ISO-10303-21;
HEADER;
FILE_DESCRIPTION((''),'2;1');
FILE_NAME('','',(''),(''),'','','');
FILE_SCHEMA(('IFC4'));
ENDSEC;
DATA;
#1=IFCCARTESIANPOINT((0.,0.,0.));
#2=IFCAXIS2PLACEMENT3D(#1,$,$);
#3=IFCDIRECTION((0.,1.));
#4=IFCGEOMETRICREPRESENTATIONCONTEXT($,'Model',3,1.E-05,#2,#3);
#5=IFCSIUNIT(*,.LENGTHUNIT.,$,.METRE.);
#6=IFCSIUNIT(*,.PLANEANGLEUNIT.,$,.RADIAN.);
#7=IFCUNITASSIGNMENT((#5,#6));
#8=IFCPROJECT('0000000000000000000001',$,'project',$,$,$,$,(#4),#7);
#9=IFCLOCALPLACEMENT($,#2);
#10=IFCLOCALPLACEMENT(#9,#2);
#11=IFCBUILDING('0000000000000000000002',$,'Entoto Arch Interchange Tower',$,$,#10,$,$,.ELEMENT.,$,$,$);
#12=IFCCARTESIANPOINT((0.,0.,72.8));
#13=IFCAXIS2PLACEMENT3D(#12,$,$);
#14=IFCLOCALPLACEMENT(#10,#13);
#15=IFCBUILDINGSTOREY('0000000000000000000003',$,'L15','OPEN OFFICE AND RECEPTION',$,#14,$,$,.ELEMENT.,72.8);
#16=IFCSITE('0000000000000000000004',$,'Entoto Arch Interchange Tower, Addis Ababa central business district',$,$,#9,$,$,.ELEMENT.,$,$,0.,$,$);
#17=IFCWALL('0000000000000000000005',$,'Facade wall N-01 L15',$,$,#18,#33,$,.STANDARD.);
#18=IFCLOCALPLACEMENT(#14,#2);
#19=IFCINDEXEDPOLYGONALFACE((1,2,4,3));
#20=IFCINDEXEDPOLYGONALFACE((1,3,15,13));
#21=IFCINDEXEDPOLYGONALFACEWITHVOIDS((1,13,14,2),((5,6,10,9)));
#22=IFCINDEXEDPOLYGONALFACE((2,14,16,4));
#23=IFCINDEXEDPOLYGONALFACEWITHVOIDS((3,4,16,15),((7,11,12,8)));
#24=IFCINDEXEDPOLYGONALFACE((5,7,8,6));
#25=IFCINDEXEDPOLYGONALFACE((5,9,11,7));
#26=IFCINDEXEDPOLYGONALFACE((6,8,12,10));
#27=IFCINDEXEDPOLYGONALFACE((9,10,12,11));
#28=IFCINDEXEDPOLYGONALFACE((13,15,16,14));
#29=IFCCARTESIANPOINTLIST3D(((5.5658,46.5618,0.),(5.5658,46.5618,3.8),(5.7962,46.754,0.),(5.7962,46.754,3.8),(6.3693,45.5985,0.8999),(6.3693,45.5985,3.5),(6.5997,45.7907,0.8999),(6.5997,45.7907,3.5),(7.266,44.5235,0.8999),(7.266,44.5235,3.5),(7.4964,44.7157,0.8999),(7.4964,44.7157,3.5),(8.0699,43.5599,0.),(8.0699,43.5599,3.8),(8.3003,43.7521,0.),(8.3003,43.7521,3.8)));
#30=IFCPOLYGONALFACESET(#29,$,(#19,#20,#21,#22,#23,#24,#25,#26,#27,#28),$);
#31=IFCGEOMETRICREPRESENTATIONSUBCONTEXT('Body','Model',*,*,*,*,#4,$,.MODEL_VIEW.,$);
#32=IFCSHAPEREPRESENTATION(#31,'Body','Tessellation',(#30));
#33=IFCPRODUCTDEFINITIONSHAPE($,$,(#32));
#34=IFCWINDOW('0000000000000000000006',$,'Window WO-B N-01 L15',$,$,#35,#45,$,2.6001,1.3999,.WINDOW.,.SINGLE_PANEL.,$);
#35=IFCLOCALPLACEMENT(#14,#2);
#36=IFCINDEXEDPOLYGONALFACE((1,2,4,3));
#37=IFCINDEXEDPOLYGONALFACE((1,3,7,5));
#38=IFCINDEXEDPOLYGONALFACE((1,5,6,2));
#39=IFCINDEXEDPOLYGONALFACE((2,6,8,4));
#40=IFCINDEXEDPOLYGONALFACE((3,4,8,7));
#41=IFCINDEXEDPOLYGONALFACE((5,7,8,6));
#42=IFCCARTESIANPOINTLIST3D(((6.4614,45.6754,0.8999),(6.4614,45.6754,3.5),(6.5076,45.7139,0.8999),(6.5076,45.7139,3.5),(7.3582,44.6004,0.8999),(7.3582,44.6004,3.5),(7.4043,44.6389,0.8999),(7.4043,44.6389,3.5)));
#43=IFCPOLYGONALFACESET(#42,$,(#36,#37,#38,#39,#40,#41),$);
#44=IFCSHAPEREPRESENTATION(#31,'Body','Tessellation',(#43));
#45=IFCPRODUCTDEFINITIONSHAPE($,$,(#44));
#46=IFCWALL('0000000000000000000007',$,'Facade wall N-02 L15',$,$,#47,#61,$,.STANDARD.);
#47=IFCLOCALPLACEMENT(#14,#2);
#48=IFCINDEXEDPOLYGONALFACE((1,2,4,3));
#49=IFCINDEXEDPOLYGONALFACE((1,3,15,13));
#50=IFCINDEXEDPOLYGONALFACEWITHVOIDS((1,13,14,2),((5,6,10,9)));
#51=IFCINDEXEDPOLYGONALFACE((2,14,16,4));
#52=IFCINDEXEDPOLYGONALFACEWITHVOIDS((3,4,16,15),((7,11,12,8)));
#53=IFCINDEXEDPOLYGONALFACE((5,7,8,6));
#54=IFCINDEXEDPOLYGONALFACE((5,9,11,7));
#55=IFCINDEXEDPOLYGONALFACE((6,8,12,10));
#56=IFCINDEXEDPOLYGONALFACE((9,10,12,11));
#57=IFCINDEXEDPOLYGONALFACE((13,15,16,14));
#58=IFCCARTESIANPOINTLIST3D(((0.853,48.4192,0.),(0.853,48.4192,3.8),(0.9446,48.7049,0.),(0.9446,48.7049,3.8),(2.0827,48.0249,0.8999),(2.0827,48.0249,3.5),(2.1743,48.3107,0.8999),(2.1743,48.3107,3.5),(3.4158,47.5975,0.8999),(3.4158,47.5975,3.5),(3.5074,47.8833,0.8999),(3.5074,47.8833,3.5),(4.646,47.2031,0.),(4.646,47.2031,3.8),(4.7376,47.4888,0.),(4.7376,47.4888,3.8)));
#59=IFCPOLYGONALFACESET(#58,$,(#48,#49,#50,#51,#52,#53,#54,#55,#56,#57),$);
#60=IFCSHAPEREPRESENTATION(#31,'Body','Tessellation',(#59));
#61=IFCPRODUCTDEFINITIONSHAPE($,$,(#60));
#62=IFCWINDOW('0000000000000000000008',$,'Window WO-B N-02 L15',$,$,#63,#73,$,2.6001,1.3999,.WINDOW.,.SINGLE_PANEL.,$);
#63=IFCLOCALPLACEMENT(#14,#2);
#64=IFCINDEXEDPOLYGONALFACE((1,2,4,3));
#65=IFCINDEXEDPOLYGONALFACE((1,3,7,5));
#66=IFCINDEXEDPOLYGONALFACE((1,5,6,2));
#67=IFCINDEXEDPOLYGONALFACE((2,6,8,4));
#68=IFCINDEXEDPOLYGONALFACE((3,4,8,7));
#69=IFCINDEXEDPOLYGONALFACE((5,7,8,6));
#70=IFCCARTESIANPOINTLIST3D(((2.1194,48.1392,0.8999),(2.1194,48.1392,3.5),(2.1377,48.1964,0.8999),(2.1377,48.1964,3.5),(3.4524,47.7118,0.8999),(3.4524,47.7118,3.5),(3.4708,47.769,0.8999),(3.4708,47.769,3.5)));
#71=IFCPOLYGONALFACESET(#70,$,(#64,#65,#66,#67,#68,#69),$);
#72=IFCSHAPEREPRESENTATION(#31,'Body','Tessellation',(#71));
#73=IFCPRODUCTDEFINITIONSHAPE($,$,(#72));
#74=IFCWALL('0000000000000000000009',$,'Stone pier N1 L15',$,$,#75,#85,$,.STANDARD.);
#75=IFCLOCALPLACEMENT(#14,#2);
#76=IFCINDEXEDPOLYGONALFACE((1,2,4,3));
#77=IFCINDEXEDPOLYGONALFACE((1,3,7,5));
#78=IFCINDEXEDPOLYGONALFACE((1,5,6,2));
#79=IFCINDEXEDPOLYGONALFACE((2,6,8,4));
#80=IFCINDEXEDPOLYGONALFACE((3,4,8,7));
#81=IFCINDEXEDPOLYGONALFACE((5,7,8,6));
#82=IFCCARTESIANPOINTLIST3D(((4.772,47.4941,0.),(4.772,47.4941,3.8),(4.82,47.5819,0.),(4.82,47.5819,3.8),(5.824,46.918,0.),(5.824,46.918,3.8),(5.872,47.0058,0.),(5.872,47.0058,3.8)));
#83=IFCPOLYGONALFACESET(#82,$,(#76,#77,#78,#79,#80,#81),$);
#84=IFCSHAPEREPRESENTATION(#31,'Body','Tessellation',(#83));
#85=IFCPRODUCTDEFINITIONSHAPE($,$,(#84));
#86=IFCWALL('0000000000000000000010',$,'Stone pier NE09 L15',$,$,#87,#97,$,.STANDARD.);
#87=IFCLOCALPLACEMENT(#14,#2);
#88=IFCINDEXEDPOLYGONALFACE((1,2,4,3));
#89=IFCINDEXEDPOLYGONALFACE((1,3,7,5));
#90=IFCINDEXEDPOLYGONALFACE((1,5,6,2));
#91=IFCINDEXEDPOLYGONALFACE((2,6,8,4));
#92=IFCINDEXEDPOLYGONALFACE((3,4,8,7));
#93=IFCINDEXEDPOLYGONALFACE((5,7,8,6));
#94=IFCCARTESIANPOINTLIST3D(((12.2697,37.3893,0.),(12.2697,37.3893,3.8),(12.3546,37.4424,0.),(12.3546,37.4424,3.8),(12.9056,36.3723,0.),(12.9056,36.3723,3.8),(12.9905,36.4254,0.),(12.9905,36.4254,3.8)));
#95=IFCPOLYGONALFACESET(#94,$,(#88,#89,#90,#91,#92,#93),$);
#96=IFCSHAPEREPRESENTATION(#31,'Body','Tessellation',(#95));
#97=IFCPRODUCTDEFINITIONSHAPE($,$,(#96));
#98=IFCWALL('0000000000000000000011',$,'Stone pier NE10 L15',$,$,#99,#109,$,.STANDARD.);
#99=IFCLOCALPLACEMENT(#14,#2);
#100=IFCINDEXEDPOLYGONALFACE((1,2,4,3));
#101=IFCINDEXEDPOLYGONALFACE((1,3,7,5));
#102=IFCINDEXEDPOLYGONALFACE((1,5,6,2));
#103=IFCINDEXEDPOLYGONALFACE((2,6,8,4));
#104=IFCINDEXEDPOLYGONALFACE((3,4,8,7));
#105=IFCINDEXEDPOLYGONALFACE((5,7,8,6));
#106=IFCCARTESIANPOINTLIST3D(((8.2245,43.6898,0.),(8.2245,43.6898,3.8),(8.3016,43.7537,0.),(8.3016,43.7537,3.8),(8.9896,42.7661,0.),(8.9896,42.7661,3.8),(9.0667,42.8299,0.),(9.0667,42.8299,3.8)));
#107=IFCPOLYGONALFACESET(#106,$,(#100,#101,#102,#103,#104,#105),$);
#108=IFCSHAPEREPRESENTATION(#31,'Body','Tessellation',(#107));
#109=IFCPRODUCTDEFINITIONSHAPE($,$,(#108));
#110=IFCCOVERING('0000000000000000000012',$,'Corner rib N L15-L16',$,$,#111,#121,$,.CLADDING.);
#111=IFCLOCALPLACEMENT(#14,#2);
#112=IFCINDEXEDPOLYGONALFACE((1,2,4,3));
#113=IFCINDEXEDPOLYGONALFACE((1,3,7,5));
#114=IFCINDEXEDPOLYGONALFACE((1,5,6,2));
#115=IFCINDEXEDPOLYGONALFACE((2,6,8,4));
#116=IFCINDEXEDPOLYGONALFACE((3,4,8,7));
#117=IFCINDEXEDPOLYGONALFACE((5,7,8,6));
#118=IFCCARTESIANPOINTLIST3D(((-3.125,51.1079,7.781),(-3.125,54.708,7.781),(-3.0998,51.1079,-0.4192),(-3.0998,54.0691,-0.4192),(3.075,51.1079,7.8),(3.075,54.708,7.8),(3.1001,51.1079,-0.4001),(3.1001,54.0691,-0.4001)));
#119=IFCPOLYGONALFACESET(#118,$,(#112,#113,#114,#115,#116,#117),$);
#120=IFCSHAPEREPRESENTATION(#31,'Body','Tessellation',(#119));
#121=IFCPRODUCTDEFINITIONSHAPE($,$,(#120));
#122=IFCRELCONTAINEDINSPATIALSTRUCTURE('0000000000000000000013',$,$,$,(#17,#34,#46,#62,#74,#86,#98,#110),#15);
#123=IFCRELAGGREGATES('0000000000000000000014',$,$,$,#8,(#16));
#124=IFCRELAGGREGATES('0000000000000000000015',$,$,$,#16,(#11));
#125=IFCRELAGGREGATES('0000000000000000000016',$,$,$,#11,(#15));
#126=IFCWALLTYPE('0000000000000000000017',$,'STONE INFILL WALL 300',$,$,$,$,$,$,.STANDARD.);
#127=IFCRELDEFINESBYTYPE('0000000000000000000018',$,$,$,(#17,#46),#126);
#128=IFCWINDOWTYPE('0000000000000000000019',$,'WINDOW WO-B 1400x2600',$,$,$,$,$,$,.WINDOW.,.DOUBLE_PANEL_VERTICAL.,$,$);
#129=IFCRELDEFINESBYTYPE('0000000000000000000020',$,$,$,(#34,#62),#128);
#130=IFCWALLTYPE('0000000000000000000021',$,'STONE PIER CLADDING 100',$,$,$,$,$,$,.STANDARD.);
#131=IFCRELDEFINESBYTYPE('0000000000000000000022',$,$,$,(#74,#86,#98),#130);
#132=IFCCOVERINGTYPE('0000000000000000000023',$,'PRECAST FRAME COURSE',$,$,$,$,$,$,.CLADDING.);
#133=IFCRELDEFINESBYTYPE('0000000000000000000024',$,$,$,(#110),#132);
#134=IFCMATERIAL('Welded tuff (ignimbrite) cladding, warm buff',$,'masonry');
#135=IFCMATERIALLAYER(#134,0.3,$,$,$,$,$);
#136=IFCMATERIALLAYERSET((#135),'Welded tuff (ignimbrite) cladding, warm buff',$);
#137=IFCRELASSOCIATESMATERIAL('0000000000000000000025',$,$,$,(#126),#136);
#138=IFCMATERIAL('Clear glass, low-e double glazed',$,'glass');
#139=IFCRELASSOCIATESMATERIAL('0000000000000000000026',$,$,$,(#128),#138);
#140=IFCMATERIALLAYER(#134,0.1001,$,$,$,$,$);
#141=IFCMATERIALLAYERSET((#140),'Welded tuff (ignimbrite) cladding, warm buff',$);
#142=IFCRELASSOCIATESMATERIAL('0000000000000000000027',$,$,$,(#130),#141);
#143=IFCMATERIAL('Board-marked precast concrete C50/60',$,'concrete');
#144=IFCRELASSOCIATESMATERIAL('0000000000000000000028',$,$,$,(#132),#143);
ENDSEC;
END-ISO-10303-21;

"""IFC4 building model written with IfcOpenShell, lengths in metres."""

from ifc_helpers import new_model, si_unit, direction, frame, frame_2d, origin, place, context, subcontext, project, spatial, polyline, rectangle, outline, extrude, material, layer, layer_set, type_object, element, fill, save


model = new_model("IFC4")

# Units and contexts
model_context = context("Model", 3, precision=1e-05, world=origin(), true_north=direction((0.0, 1.0)))
body_context = subcontext(model_context, "Body", "Model", "MODEL_VIEW")
ifc_project = project(units=[si_unit("LENGTHUNIT", "METRE"), si_unit("PLANEANGLEUNIT", "RADIAN")], contexts=[model_context])

# Site, building, storey
site_placement = place(None, origin())
site = spatial("IfcSite", under=ifc_project, at=site_placement, Name="Entoto Arch Interchange Tower, Addis Ababa central business district", CompositionType="ELEMENT", RefElevation=0.0)
building_placement = place(site_placement, origin())
building = spatial("IfcBuilding", under=site, at=building_placement, Name="Entoto Arch Interchange Tower", CompositionType="ELEMENT")
storey_placement = place(building_placement, frame((0.0, 0.0, 72.8)))
storey = spatial("IfcBuildingStorey", under=building, at=storey_placement, Name="L15", Description="OPEN OFFICE AND RECEPTION", CompositionType="ELEMENT", Elevation=72.8)

# Shared definitions
ifc_material_1 = material(Name="Welded tuff (ignimbrite) cladding, warm buff", Category="masonry")
ifc_layer_1 = layer(ifc_material_1, 0.3)
ifc_layer_set_1 = layer_set([ifc_layer_1], Name="Welded tuff (ignimbrite) cladding, warm buff")
wall_type_1 = type_object("IfcWallType", Name="STONE INFILL WALL 300", PredefinedType="STANDARD", material=ifc_layer_set_1)
ifc_material_2 = material(Name="Clear glass, low-e double glazed", Category="glass")

# Walls, openings, windows
wall_1_placement = place(storey_placement, frame((8.1851, 43.656, 0.0), z_axis=(0.0, 0.0, 1.0), x_axis=(-0.640565, 0.767904, 0.0)))
wall_1 = element("IfcWall", 1, at=wall_1_placement, inside=storey, type_object=wall_type_1, Name="Facade wall N-01 L15", PredefinedType="STANDARD", context=body_context, shape_type="SweptSolid", body=[
    extrude(rectangle(XDim=3.9092, YDim=0.3, at=frame_2d((1.9546, 0.0))), origin(), (0.0, 0.0, 1.0), 3.8),
])
opening_1_placement = place(wall_1_placement, frame((1.2549, 0.0, 0.8999)))
opening_1 = element("IfcOpeningElement", 2, at=opening_1_placement, cuts=wall_1, PredefinedType="OPENING", context=body_context, shape_type="SweptSolid", body=[
    extrude(rectangle(XDim=1.3999, YDim=2.6001, at=frame_2d((0.7, 1.3))), frame((0.0, 0.1602, 0.0), z_axis=(0.0, -1.0, 0.0), x_axis=(1.0, 0.0, 0.0)), (0.0, 0.0, 1.0), 0.3201),
])
window_type_1 = type_object("IfcWindowType", Name="WINDOW WO-B 1400x2600", PartitioningType="DOUBLE_PANEL_VERTICAL", PredefinedType="WINDOW", material=ifc_material_2)
window_1_placement = place(opening_1_placement, origin())
window_1 = element("IfcWindow", 3, at=window_1_placement, inside=storey, type_object=window_type_1, Name="Window WO-B N-01 L15", OverallHeight=2.6001, OverallWidth=1.3999, PartitioningType="SINGLE_PANEL", PredefinedType="WINDOW", context=body_context, shape_type="SweptSolid", body=[
    extrude(rectangle(XDim=1.3999, YDim=2.6001, at=frame_2d((0.7, 1.3))), frame((0.0, 0.03, 0.0), z_axis=(0.0, -1.0, 0.0), x_axis=(1.0, 0.0, 0.0)), (0.0, 0.0, 1.0), 0.0601),
])
fill(opening_1, window_1)
wall_2_placement = place(storey_placement, frame((4.6919, 47.3459, 0.0), z_axis=(0.0, 0.0, 1.0), x_axis=(-0.952255, 0.305303, 0.0)))
wall_2 = element("IfcWall", 4, at=wall_2_placement, inside=storey, type_object=wall_type_1, Name="Facade wall N-02 L15", PredefinedType="STANDARD", context=body_context, shape_type="SweptSolid", body=[
    extrude(rectangle(XDim=3.9832, YDim=0.3, at=frame_2d((1.9917, 0.0))), origin(), (0.0, 0.0, 1.0), 3.8),
])
opening_2_placement = place(wall_2_placement, frame((1.292, 0.0, 0.8999)))
opening_2 = element("IfcOpeningElement", 5, at=opening_2_placement, cuts=wall_2, PredefinedType="OPENING", context=body_context, shape_type="SweptSolid", body=[
    extrude(rectangle(XDim=1.3999, YDim=2.6001, at=frame_2d((0.7, 1.3))), frame((0.0, 0.1602, 0.0), z_axis=(0.0, -1.0, 0.0), x_axis=(1.0, 0.0, 0.0)), (0.0, 0.0, 1.0), 0.3201),
])
window_2_placement = place(opening_2_placement, origin())
window_2 = element("IfcWindow", 6, at=window_2_placement, inside=storey, type_object=window_type_1, Name="Window WO-B N-02 L15", OverallHeight=2.6001, OverallWidth=1.3999, PartitioningType="SINGLE_PANEL", PredefinedType="WINDOW", context=body_context, shape_type="SweptSolid", body=[
    extrude(rectangle(XDim=1.3999, YDim=2.6001, at=frame_2d((0.7, 1.3))), frame((0.0, 0.03, 0.0), z_axis=(0.0, -1.0, 0.0), x_axis=(1.0, 0.0, 0.0)), (0.0, 0.0, 1.0), 0.0601),
])
fill(opening_2, window_2)

# Walls
ifc_layer_2 = layer(ifc_material_1, 0.1001)
ifc_layer_set_2 = layer_set([ifc_layer_2], Name="Welded tuff (ignimbrite) cladding, warm buff")
wall_type_2 = type_object("IfcWallType", Name="STONE PIER CLADDING 100", PredefinedType="STANDARD", material=ifc_layer_set_2)
for number, where, z_axis, x_axis, name in (
    (7, (5.8479, 46.9619, 0.0), (0.0, 0.0, 1.0), (-0.87707, 0.480363, 0.0), "Stone pier N1 L15"),
    (8, (12.948, 36.3989, 0.0), (0.0, 0.0, 1.0), (-0.530182, 0.847884, 0.0), "Stone pier NE09 L15"),
    (9, (9.0281, 42.7981, 0.0), (0.0, 0.0, 1.0), (-0.637859, 0.770153, 0.0), "Stone pier NE10 L15"),
):
    element("IfcWall", number, at=place(storey_placement, frame(where, z_axis=z_axis, x_axis=x_axis)), inside=storey, type_object=wall_type_2, Name=name, PredefinedType="STANDARD", context=body_context, shape_type="SweptSolid", body=[
        extrude(rectangle(XDim=1.1995, YDim=0.1001, at=frame_2d((0.5996, 0.0))), origin(), (0.0, 0.0, 1.0), 3.8),
    ])

# Covering
ifc_material_3 = material(Name="Board-marked precast concrete C50/60", Category="concrete")
covering_type = type_object("IfcCoveringType", Name="PRECAST FRAME COURSE", PredefinedType="CLADDING", material=ifc_material_3)
covering_1_placement = place(storey_placement, frame((3.1001, 51.1079, -0.4001), z_axis=(0.999995, 0.0, 0.003067), x_axis=(0.0, 1.0, 0.0)))
element("IfcCovering", 10, at=covering_1_placement, inside=storey, type_object=covering_type, Name="Corner rib N L15-L16", PredefinedType="CLADDING", context=body_context, shape_type="SweptSolid", body=[
    extrude(outline(polyline([(0.0, 0.0), (2.9612, 0.0), (3.6001, 8.2002), (0.0, 8.2002), (0.0, 0.0)])), origin(), (0.0, 0.0, -1.0), 6.2),
])

save(model, "model.ifc")
